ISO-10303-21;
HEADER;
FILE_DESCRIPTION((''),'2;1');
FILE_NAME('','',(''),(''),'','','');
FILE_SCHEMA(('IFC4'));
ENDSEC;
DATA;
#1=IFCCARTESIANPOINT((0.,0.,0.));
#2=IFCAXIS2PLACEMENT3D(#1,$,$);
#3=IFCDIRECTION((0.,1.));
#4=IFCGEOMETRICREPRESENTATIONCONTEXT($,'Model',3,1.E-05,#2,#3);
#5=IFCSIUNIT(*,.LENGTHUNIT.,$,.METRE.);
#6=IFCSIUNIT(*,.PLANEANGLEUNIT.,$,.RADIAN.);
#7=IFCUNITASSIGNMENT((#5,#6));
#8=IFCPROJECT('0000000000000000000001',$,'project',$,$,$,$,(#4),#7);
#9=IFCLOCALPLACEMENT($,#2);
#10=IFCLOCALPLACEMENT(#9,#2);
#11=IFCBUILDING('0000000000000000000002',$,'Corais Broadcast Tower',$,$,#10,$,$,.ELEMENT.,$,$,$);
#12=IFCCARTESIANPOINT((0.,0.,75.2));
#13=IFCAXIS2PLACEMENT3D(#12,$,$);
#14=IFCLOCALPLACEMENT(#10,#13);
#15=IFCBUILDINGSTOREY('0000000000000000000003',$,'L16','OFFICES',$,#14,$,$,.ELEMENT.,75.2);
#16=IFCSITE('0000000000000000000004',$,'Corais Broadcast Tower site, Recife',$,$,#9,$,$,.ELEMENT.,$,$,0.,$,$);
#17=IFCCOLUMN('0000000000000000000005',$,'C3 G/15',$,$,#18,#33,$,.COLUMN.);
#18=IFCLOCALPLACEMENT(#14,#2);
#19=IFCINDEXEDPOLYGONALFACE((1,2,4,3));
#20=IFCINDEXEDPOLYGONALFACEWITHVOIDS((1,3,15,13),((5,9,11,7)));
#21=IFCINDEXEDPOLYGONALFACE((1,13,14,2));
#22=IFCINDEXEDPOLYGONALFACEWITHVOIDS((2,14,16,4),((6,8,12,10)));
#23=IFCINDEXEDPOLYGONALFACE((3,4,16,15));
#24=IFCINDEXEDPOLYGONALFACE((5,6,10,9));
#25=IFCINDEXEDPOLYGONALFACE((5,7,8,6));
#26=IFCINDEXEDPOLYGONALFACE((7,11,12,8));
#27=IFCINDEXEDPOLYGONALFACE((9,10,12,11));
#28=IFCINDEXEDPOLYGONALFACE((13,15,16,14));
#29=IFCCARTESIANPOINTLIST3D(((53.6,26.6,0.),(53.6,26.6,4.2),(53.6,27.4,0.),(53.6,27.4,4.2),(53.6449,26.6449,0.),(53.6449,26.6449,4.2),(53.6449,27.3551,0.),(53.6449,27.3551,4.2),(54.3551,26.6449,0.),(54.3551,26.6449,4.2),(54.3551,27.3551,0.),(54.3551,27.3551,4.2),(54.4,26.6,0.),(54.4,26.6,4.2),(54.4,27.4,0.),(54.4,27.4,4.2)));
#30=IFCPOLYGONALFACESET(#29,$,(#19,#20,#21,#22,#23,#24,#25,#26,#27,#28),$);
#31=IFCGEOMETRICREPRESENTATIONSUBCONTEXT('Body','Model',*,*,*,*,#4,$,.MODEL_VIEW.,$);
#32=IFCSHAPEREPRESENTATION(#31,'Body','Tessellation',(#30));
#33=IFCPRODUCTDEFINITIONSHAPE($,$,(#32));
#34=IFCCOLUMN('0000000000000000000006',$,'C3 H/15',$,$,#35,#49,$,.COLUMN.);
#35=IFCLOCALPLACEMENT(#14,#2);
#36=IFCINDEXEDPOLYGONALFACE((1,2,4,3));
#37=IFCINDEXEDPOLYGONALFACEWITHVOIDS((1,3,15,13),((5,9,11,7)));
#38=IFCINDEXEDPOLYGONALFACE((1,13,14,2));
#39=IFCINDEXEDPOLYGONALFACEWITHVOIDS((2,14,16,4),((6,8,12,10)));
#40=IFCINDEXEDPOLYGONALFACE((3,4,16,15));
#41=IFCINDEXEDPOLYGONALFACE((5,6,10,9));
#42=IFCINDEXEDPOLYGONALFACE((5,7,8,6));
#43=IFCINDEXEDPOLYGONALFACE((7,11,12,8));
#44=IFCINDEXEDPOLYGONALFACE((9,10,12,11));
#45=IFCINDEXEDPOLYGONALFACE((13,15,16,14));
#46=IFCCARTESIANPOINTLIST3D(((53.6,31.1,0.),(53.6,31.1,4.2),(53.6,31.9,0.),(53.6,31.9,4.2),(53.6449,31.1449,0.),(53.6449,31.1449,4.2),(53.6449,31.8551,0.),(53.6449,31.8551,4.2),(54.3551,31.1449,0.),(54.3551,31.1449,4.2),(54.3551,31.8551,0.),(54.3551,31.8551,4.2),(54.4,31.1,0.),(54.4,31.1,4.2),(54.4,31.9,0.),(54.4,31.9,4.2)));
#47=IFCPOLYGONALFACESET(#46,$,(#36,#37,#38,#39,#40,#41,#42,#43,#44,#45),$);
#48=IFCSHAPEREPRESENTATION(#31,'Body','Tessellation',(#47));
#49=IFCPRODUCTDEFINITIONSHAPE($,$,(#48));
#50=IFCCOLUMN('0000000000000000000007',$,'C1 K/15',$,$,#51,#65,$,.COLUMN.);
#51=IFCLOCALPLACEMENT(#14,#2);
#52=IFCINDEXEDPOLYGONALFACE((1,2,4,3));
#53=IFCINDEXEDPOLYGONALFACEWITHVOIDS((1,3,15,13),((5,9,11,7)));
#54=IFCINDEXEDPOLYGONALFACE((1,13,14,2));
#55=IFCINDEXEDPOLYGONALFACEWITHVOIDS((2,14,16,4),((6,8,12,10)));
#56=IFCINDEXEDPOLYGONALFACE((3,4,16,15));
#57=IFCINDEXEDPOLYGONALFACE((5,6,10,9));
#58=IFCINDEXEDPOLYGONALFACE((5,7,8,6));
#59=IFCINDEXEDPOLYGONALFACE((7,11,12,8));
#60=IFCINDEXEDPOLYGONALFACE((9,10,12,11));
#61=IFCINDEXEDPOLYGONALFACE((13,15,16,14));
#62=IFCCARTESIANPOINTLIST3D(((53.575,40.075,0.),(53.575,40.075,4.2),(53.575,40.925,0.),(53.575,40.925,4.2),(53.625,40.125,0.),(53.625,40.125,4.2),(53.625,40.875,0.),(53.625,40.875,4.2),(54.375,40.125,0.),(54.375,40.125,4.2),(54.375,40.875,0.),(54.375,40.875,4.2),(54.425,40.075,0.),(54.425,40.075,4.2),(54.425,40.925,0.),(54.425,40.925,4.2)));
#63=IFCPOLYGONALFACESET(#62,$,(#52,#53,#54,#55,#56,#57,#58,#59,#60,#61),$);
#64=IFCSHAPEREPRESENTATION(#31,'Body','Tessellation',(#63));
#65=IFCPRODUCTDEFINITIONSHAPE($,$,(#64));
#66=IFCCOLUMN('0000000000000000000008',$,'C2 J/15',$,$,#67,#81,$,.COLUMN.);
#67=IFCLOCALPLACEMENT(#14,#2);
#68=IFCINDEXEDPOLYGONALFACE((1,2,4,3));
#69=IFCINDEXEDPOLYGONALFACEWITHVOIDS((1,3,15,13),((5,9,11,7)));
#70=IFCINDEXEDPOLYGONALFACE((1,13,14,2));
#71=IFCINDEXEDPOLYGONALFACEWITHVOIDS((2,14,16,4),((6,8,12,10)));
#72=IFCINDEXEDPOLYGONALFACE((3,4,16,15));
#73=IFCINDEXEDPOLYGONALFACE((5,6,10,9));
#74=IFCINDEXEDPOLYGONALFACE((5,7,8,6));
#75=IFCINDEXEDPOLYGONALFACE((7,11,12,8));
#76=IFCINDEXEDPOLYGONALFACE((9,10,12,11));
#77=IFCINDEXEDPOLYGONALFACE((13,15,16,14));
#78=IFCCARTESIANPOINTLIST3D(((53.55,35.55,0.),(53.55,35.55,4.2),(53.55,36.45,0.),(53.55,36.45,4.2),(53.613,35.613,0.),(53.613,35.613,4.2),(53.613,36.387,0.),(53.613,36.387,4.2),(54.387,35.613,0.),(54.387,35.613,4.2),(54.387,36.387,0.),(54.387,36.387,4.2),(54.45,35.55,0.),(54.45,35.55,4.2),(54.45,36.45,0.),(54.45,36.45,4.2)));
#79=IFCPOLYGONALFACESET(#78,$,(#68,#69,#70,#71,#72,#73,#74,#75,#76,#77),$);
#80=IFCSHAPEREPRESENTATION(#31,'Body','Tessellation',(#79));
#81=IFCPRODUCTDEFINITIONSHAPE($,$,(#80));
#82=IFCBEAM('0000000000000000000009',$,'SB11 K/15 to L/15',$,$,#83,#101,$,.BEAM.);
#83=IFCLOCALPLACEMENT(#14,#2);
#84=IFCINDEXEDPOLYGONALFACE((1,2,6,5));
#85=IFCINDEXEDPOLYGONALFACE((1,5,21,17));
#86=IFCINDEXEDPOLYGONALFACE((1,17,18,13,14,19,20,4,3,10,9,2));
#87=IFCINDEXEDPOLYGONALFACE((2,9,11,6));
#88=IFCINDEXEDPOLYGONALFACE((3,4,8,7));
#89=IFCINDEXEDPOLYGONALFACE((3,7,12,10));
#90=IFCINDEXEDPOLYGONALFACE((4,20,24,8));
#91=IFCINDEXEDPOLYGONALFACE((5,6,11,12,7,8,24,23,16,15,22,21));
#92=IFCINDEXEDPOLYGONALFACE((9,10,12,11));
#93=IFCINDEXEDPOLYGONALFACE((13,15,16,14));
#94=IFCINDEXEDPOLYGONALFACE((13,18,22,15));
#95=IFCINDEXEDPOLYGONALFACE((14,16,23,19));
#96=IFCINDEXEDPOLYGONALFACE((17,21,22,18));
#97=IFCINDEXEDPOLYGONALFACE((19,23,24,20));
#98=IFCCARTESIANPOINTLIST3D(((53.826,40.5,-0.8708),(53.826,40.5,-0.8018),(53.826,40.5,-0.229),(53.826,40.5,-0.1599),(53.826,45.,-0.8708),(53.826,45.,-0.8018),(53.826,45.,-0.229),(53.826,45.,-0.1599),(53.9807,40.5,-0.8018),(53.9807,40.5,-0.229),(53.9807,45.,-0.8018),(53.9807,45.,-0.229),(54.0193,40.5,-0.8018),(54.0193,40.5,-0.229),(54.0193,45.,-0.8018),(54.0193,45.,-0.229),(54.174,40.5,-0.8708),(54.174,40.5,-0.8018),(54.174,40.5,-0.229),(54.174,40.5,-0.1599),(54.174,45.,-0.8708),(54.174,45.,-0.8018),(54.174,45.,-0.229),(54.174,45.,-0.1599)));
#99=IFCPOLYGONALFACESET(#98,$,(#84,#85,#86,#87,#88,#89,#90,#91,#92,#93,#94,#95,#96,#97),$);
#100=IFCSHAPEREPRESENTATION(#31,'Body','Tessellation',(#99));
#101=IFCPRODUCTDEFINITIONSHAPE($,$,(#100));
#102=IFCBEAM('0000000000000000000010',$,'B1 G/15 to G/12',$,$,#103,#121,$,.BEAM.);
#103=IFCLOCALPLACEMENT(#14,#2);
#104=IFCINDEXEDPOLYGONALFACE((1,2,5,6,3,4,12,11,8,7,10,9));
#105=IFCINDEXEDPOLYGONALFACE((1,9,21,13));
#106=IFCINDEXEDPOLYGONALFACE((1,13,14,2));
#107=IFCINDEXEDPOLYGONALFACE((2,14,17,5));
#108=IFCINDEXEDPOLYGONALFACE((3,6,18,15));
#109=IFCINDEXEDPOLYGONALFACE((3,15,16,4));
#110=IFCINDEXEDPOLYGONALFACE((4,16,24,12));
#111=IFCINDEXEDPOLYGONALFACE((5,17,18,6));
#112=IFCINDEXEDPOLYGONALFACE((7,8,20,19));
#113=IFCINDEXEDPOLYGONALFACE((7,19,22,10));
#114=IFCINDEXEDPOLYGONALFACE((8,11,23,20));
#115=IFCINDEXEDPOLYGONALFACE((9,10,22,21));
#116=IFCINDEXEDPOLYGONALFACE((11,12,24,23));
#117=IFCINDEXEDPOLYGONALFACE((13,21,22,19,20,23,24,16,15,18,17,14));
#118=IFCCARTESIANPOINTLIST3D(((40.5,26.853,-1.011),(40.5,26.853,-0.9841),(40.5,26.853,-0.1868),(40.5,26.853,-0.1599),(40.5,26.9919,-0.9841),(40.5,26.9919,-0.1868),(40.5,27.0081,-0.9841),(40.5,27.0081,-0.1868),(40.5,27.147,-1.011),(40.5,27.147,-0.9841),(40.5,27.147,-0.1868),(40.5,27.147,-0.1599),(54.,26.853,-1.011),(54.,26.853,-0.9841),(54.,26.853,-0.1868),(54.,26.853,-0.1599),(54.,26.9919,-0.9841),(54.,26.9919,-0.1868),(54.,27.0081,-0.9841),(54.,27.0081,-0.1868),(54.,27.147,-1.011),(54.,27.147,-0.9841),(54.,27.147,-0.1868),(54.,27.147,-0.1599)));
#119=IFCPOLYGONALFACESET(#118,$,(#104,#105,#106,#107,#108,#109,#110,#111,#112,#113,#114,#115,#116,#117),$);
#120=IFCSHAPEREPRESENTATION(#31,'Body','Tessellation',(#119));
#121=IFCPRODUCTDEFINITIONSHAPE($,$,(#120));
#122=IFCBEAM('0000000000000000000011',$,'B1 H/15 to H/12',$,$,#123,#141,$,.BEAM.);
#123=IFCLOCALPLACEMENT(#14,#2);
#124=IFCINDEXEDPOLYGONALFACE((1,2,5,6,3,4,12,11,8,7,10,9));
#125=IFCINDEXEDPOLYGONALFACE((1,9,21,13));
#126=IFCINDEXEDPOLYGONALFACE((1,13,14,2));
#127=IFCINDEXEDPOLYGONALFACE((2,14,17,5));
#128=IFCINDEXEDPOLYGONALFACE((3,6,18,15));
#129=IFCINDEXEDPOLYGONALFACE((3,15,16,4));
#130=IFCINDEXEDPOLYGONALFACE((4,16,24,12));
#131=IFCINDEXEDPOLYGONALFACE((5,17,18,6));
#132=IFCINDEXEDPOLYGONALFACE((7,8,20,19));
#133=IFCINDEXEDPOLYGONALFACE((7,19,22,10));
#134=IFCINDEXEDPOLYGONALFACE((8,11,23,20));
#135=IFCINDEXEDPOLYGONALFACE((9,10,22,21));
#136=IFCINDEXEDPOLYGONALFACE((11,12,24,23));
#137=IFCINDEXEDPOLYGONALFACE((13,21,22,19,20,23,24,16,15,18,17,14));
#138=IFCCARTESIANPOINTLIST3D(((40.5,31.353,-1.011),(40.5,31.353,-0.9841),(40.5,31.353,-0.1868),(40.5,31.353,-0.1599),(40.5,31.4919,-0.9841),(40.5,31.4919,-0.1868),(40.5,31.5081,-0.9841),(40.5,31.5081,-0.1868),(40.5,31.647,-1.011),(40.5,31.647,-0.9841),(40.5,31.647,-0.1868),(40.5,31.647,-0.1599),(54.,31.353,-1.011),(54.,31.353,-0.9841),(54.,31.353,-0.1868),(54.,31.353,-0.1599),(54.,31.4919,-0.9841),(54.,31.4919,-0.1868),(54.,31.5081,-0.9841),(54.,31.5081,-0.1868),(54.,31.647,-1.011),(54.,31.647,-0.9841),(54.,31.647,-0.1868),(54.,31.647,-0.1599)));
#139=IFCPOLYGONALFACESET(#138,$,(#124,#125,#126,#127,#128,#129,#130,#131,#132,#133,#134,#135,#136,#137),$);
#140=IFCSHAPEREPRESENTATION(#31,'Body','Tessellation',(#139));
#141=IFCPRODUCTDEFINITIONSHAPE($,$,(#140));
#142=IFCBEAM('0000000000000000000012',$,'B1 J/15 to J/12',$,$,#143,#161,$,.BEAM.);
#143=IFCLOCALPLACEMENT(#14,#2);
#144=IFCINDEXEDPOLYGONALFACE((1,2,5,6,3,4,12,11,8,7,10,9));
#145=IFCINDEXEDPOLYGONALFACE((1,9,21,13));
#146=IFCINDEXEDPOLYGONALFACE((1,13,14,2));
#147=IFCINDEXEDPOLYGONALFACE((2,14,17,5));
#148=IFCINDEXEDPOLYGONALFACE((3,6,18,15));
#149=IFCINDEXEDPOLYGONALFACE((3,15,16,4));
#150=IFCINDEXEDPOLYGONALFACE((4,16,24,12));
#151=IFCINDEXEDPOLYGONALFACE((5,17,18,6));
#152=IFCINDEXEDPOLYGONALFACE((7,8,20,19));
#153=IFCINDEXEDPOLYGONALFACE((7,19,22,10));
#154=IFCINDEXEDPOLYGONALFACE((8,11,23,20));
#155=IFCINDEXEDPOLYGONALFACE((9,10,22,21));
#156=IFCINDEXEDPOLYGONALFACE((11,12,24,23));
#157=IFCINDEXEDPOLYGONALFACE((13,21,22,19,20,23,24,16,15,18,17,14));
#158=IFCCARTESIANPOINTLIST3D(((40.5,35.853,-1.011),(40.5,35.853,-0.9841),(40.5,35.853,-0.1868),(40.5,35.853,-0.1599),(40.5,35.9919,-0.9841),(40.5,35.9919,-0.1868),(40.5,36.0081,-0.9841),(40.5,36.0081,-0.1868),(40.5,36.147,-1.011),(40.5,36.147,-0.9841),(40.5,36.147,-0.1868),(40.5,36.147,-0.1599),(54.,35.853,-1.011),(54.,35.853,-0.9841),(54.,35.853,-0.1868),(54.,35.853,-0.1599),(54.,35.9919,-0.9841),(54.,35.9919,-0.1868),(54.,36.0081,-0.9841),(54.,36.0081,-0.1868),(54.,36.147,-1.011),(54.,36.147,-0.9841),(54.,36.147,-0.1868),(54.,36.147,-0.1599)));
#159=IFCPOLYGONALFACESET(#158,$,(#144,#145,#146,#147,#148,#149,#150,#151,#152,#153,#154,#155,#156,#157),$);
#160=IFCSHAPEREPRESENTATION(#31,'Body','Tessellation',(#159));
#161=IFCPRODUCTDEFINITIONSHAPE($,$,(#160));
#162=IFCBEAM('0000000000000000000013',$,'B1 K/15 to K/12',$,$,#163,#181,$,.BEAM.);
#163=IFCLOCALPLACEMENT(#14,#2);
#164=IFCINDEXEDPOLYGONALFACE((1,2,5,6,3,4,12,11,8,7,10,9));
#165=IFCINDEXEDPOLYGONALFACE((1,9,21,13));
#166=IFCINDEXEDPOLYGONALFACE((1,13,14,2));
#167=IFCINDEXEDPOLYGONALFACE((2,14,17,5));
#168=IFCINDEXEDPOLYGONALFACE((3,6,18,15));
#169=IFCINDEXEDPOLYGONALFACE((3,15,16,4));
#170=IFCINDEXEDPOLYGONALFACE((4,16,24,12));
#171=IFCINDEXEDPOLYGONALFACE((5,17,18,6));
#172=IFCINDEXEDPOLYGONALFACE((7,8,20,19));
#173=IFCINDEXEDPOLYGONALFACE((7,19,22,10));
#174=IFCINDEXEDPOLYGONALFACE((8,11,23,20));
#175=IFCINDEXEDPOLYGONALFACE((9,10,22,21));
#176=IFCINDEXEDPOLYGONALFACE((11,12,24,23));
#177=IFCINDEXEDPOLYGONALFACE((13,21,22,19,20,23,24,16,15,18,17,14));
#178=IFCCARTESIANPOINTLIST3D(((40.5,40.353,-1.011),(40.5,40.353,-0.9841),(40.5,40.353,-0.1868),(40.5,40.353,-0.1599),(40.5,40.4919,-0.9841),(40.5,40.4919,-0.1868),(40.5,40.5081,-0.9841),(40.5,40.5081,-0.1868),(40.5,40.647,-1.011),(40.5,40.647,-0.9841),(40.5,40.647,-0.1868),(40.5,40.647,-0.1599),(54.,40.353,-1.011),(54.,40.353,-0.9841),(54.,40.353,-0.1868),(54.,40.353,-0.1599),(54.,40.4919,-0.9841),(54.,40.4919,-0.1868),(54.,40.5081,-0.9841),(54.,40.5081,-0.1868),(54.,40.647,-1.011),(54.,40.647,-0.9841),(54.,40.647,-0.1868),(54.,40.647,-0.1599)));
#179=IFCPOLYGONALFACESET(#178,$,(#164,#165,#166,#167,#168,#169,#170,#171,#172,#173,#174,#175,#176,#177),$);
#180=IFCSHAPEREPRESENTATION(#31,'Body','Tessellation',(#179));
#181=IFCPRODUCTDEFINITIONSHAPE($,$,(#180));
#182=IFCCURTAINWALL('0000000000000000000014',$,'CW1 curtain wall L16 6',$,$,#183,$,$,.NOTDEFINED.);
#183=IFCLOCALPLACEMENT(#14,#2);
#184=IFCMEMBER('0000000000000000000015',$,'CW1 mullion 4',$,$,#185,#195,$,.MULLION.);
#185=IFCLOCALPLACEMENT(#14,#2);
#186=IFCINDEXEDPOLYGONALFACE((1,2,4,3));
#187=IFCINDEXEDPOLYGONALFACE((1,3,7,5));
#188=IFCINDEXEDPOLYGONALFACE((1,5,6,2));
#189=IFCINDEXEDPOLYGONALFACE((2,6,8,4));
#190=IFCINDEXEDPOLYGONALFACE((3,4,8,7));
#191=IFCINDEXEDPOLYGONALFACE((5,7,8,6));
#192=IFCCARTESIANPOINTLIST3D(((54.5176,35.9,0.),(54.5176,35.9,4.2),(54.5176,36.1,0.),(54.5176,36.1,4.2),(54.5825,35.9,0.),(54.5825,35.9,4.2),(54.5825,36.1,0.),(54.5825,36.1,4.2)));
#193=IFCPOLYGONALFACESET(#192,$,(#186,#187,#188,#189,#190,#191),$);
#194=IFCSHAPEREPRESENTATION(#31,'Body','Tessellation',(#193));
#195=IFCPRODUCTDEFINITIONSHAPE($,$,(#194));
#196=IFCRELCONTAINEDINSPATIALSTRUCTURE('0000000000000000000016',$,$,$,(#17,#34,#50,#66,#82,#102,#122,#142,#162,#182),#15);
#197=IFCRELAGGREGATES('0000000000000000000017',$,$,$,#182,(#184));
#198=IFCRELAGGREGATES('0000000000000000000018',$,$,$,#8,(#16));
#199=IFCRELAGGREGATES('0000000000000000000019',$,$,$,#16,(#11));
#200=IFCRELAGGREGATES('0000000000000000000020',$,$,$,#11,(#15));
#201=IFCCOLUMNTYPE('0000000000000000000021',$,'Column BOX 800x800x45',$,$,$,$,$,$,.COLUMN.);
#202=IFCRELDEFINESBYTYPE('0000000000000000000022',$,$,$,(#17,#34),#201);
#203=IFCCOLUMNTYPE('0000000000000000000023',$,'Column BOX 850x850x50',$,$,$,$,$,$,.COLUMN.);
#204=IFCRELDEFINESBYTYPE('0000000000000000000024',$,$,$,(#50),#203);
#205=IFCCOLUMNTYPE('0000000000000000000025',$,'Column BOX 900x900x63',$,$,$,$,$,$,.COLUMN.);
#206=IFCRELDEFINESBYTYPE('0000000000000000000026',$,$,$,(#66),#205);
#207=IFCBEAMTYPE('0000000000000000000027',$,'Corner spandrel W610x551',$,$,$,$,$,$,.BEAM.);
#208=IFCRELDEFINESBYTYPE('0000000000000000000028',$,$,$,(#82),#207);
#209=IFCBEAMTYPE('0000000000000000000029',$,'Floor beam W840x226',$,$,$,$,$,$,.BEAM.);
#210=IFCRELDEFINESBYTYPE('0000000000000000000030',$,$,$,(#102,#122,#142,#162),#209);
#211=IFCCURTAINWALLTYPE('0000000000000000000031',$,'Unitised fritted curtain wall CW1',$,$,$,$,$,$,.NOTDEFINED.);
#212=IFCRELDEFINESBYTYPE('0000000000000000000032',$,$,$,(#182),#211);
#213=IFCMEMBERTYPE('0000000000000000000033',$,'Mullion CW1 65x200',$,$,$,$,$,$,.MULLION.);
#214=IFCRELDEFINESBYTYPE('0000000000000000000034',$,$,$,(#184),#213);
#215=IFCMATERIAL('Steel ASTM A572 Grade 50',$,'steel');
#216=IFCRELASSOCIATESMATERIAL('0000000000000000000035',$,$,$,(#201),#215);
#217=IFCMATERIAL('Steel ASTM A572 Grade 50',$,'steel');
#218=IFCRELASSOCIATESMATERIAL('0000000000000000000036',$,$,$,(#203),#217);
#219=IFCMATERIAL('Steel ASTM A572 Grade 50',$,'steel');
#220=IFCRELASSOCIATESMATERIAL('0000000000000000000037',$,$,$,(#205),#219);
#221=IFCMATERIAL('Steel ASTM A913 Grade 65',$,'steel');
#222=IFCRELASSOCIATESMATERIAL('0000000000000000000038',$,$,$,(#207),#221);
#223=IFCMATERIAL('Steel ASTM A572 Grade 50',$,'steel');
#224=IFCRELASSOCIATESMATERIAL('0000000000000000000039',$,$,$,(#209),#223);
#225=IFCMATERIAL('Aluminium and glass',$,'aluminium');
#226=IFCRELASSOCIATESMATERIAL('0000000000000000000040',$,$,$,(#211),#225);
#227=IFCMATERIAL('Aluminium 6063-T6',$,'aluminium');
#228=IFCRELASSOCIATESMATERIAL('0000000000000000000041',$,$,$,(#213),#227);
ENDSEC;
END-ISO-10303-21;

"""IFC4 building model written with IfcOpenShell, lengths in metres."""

from ifc_helpers import new_model, si_unit, direction, frame, origin, origin_2d, place, context, subcontext, project, spatial, rectangle, hollow_rectangle, i_section, extrude, material, material_profile, profile_set, type_object, element, aggregate, save


model = new_model("IFC4")

# Units and contexts
model_context = context("Model", 3, precision=1e-05, world=origin(), true_north=direction((0.0, 1.0)))
body_context = subcontext(model_context, "Body", "Model", "MODEL_VIEW")
ifc_project = project(units=[si_unit("LENGTHUNIT", "METRE"), si_unit("PLANEANGLEUNIT", "RADIAN")], contexts=[model_context])

# Site, building, storey
site_placement = place(None, origin())
site = spatial("IfcSite", under=ifc_project, at=site_placement, Name="Corais Broadcast Tower site, Recife", CompositionType="ELEMENT", RefElevation=0.0)
building_placement = place(site_placement, origin())
building = spatial("IfcBuilding", under=site, at=building_placement, Name="Corais Broadcast Tower", CompositionType="ELEMENT")
storey_placement = place(building_placement, frame((0.0, 0.0, 75.2)))
storey = spatial("IfcBuildingStorey", under=building, at=storey_placement, Name="L16", Description="OFFICES", CompositionType="ELEMENT", Elevation=75.2)

# Columns
ifc_material_1 = material(Name="Steel ASTM A572 Grade 50", Category="steel")
ifc_material_profile_1 = material_profile(ifc_material_1, hollow_rectangle(XDim=0.8, YDim=0.8, WallThickness=0.0449, at=origin_2d()), Name="BOX 800x800x45")
ifc_profile_set_1 = profile_set([ifc_material_profile_1], Name="Steel ASTM A572 Grade 50")
column_type_1 = type_object("IfcColumnType", Name="Column BOX 800x800x45", PredefinedType="COLUMN", material=ifc_profile_set_1)
for number, where, z_axis, x_axis, name in (
    (1, (54.0, 27.0, 0.0), (0.0, 0.0, 1.0), (1.0, 0.0, 0.0), "C3 G/15"),
    (2, (54.0, 31.5, 0.0), (0.0, 0.0, 1.0), (1.0, 0.0, 0.0), "C3 H/15"),
):
    element("IfcColumn", number, at=place(storey_placement, frame(where, z_axis=z_axis, x_axis=x_axis)), inside=storey, type_object=column_type_1, Name=name, PredefinedType="COLUMN", context=body_context, shape_type="SweptSolid", body=[
        extrude(hollow_rectangle(XDim=0.8, YDim=0.8, WallThickness=0.0449, at=origin_2d()), origin(), (0.0, 0.0, 1.0), 4.2),
    ])
ifc_material_2 = material(Name="Steel ASTM A572 Grade 50", Category="steel")
ifc_material_profile_2 = material_profile(ifc_material_2, hollow_rectangle(XDim=0.8501, YDim=0.8501, WallThickness=0.05, at=origin_2d()), Name="BOX 850x850x50")
ifc_profile_set_2 = profile_set([ifc_material_profile_2], Name="Steel ASTM A572 Grade 50")
column_type_2 = type_object("IfcColumnType", Name="Column BOX 850x850x50", PredefinedType="COLUMN", material=ifc_profile_set_2)
column_1_placement = place(storey_placement, frame((54.0, 40.5, 0.0), z_axis=(0.0, 0.0, 1.0), x_axis=(1.0, 0.0, 0.0)))
element("IfcColumn", 3, at=column_1_placement, inside=storey, type_object=column_type_2, Name="C1 K/15", PredefinedType="COLUMN", context=body_context, shape_type="SweptSolid", body=[
    extrude(hollow_rectangle(XDim=0.8501, YDim=0.8501, WallThickness=0.05, at=origin_2d()), origin(), (0.0, 0.0, 1.0), 4.2),
])
ifc_material_3 = material(Name="Steel ASTM A572 Grade 50", Category="steel")
ifc_material_profile_3 = material_profile(ifc_material_3, hollow_rectangle(XDim=0.8999, YDim=0.8999, WallThickness=0.063, at=origin_2d()), Name="BOX 900x900x63")
ifc_profile_set_3 = profile_set([ifc_material_profile_3], Name="Steel ASTM A572 Grade 50")
column_type_3 = type_object("IfcColumnType", Name="Column BOX 900x900x63", PredefinedType="COLUMN", material=ifc_profile_set_3)
column_2_placement = place(storey_placement, frame((54.0, 36.0, 0.0), z_axis=(0.0, 0.0, 1.0), x_axis=(1.0, 0.0, 0.0)))
element("IfcColumn", 4, at=column_2_placement, inside=storey, type_object=column_type_3, Name="C2 J/15", PredefinedType="COLUMN", context=body_context, shape_type="SweptSolid", body=[
    extrude(hollow_rectangle(XDim=0.8999, YDim=0.8999, WallThickness=0.063, at=origin_2d()), origin(), (0.0, 0.0, 1.0), 4.2),
])

# Beams
ifc_material_4 = material(Name="Steel ASTM A913 Grade 65", Category="steel")
ifc_material_profile_4 = material_profile(ifc_material_4, i_section(OverallWidth=0.3479, OverallDepth=0.7109, WebThickness=0.0386, FlangeThickness=0.0691, at=origin_2d()), Name="W610x551")
ifc_profile_set_4 = profile_set([ifc_material_profile_4], Name="Steel ASTM A913 Grade 65")
beam_type_1 = type_object("IfcBeamType", Name="Corner spandrel W610x551", PredefinedType="BEAM", material=ifc_profile_set_4)
beam_1_placement = place(storey_placement, frame((54.0, 40.5, -0.5154), z_axis=(0.0, 1.0, 0.0), x_axis=(-1.0, 0.0, 0.0)))
element("IfcBeam", 5, at=beam_1_placement, inside=storey, type_object=beam_type_1, Name="SB11 K/15 to L/15", PredefinedType="BEAM", context=body_context, shape_type="SweptSolid", body=[
    extrude(i_section(OverallWidth=0.3479, OverallDepth=0.7109, WebThickness=0.0386, FlangeThickness=0.0691, at=origin_2d()), origin(), (0.0, 0.0, 1.0), 4.5),
])
ifc_material_5 = material(Name="Steel ASTM A572 Grade 50", Category="steel")
ifc_material_profile_5 = material_profile(ifc_material_5, i_section(OverallWidth=0.2939, OverallDepth=0.8511, WebThickness=0.0161, FlangeThickness=0.0269, at=origin_2d()), Name="W840x226")
ifc_profile_set_5 = profile_set([ifc_material_profile_5], Name="Steel ASTM A572 Grade 50")
beam_type_2 = type_object("IfcBeamType", Name="Floor beam W840x226", PredefinedType="BEAM", material=ifc_profile_set_5)
for number, where, z_axis, x_axis, name in (
    (6, (54.0, 27.0, -0.5854), (-1.0, 0.0, 0.0), (0.0, -1.0, 0.0), "B1 G/15 to G/12"),
    (7, (54.0, 31.5, -0.5854), (-1.0, 0.0, 0.0), (0.0, -1.0, 0.0), "B1 H/15 to H/12"),
    (8, (54.0, 36.0, -0.5854), (-1.0, 0.0, 0.0), (0.0, -1.0, 0.0), "B1 J/15 to J/12"),
    (9, (54.0, 40.5, -0.5854), (-1.0, 0.0, 0.0), (0.0, -1.0, 0.0), "B1 K/15 to K/12"),
):
    element("IfcBeam", number, at=place(storey_placement, frame(where, z_axis=z_axis, x_axis=x_axis)), inside=storey, type_object=beam_type_2, Name=name, PredefinedType="BEAM", context=body_context, shape_type="SweptSolid", body=[
        extrude(i_section(OverallWidth=0.2939, OverallDepth=0.8511, WebThickness=0.0161, FlangeThickness=0.0269, at=origin_2d()), origin(), (0.0, 0.0, 1.0), 13.5),
    ])

# Curtain wall, member
ifc_material_6 = material(Name="Aluminium and glass", Category="aluminium")
curtain_wall_type = type_object("IfcCurtainWallType", Name="Unitised fritted curtain wall CW1", PredefinedType="NOTDEFINED", material=ifc_material_6)
curtain_wall_placement = place(storey_placement, origin())
curtain_wall = element("IfcCurtainWall", 10, at=curtain_wall_placement, inside=storey, type_object=curtain_wall_type, Name="CW1 curtain wall L16 6", PredefinedType="NOTDEFINED")
ifc_material_7 = material(Name="Aluminium 6063-T6", Category="aluminium")
ifc_material_profile_6 = material_profile(ifc_material_7, rectangle(XDim=0.0649, YDim=0.2, at=origin_2d()), Name="Mullion CW1 65x200")
ifc_profile_set_6 = profile_set([ifc_material_profile_6], Name="Aluminium 6063-T6")
member_type_1 = type_object("IfcMemberType", Name="Mullion CW1 65x200", PredefinedType="MULLION", material=ifc_profile_set_6)
member_1_placement = place(storey_placement, frame((54.55, 36.0, 0.0), z_axis=(0.0, 0.0, 1.0), x_axis=(1.0, 0.0, 0.0)))
member_1 = element("IfcMember", 11, at=member_1_placement, type_object=member_type_1, Name="CW1 mullion 4", PredefinedType="MULLION", context=body_context, shape_type="SweptSolid", body=[
    extrude(rectangle(XDim=0.0649, YDim=0.2, at=origin_2d()), origin(), (0.0, 0.0, 1.0), 4.2),
])

aggregate(curtain_wall, [member_1])

save(model, "model.ifc")
